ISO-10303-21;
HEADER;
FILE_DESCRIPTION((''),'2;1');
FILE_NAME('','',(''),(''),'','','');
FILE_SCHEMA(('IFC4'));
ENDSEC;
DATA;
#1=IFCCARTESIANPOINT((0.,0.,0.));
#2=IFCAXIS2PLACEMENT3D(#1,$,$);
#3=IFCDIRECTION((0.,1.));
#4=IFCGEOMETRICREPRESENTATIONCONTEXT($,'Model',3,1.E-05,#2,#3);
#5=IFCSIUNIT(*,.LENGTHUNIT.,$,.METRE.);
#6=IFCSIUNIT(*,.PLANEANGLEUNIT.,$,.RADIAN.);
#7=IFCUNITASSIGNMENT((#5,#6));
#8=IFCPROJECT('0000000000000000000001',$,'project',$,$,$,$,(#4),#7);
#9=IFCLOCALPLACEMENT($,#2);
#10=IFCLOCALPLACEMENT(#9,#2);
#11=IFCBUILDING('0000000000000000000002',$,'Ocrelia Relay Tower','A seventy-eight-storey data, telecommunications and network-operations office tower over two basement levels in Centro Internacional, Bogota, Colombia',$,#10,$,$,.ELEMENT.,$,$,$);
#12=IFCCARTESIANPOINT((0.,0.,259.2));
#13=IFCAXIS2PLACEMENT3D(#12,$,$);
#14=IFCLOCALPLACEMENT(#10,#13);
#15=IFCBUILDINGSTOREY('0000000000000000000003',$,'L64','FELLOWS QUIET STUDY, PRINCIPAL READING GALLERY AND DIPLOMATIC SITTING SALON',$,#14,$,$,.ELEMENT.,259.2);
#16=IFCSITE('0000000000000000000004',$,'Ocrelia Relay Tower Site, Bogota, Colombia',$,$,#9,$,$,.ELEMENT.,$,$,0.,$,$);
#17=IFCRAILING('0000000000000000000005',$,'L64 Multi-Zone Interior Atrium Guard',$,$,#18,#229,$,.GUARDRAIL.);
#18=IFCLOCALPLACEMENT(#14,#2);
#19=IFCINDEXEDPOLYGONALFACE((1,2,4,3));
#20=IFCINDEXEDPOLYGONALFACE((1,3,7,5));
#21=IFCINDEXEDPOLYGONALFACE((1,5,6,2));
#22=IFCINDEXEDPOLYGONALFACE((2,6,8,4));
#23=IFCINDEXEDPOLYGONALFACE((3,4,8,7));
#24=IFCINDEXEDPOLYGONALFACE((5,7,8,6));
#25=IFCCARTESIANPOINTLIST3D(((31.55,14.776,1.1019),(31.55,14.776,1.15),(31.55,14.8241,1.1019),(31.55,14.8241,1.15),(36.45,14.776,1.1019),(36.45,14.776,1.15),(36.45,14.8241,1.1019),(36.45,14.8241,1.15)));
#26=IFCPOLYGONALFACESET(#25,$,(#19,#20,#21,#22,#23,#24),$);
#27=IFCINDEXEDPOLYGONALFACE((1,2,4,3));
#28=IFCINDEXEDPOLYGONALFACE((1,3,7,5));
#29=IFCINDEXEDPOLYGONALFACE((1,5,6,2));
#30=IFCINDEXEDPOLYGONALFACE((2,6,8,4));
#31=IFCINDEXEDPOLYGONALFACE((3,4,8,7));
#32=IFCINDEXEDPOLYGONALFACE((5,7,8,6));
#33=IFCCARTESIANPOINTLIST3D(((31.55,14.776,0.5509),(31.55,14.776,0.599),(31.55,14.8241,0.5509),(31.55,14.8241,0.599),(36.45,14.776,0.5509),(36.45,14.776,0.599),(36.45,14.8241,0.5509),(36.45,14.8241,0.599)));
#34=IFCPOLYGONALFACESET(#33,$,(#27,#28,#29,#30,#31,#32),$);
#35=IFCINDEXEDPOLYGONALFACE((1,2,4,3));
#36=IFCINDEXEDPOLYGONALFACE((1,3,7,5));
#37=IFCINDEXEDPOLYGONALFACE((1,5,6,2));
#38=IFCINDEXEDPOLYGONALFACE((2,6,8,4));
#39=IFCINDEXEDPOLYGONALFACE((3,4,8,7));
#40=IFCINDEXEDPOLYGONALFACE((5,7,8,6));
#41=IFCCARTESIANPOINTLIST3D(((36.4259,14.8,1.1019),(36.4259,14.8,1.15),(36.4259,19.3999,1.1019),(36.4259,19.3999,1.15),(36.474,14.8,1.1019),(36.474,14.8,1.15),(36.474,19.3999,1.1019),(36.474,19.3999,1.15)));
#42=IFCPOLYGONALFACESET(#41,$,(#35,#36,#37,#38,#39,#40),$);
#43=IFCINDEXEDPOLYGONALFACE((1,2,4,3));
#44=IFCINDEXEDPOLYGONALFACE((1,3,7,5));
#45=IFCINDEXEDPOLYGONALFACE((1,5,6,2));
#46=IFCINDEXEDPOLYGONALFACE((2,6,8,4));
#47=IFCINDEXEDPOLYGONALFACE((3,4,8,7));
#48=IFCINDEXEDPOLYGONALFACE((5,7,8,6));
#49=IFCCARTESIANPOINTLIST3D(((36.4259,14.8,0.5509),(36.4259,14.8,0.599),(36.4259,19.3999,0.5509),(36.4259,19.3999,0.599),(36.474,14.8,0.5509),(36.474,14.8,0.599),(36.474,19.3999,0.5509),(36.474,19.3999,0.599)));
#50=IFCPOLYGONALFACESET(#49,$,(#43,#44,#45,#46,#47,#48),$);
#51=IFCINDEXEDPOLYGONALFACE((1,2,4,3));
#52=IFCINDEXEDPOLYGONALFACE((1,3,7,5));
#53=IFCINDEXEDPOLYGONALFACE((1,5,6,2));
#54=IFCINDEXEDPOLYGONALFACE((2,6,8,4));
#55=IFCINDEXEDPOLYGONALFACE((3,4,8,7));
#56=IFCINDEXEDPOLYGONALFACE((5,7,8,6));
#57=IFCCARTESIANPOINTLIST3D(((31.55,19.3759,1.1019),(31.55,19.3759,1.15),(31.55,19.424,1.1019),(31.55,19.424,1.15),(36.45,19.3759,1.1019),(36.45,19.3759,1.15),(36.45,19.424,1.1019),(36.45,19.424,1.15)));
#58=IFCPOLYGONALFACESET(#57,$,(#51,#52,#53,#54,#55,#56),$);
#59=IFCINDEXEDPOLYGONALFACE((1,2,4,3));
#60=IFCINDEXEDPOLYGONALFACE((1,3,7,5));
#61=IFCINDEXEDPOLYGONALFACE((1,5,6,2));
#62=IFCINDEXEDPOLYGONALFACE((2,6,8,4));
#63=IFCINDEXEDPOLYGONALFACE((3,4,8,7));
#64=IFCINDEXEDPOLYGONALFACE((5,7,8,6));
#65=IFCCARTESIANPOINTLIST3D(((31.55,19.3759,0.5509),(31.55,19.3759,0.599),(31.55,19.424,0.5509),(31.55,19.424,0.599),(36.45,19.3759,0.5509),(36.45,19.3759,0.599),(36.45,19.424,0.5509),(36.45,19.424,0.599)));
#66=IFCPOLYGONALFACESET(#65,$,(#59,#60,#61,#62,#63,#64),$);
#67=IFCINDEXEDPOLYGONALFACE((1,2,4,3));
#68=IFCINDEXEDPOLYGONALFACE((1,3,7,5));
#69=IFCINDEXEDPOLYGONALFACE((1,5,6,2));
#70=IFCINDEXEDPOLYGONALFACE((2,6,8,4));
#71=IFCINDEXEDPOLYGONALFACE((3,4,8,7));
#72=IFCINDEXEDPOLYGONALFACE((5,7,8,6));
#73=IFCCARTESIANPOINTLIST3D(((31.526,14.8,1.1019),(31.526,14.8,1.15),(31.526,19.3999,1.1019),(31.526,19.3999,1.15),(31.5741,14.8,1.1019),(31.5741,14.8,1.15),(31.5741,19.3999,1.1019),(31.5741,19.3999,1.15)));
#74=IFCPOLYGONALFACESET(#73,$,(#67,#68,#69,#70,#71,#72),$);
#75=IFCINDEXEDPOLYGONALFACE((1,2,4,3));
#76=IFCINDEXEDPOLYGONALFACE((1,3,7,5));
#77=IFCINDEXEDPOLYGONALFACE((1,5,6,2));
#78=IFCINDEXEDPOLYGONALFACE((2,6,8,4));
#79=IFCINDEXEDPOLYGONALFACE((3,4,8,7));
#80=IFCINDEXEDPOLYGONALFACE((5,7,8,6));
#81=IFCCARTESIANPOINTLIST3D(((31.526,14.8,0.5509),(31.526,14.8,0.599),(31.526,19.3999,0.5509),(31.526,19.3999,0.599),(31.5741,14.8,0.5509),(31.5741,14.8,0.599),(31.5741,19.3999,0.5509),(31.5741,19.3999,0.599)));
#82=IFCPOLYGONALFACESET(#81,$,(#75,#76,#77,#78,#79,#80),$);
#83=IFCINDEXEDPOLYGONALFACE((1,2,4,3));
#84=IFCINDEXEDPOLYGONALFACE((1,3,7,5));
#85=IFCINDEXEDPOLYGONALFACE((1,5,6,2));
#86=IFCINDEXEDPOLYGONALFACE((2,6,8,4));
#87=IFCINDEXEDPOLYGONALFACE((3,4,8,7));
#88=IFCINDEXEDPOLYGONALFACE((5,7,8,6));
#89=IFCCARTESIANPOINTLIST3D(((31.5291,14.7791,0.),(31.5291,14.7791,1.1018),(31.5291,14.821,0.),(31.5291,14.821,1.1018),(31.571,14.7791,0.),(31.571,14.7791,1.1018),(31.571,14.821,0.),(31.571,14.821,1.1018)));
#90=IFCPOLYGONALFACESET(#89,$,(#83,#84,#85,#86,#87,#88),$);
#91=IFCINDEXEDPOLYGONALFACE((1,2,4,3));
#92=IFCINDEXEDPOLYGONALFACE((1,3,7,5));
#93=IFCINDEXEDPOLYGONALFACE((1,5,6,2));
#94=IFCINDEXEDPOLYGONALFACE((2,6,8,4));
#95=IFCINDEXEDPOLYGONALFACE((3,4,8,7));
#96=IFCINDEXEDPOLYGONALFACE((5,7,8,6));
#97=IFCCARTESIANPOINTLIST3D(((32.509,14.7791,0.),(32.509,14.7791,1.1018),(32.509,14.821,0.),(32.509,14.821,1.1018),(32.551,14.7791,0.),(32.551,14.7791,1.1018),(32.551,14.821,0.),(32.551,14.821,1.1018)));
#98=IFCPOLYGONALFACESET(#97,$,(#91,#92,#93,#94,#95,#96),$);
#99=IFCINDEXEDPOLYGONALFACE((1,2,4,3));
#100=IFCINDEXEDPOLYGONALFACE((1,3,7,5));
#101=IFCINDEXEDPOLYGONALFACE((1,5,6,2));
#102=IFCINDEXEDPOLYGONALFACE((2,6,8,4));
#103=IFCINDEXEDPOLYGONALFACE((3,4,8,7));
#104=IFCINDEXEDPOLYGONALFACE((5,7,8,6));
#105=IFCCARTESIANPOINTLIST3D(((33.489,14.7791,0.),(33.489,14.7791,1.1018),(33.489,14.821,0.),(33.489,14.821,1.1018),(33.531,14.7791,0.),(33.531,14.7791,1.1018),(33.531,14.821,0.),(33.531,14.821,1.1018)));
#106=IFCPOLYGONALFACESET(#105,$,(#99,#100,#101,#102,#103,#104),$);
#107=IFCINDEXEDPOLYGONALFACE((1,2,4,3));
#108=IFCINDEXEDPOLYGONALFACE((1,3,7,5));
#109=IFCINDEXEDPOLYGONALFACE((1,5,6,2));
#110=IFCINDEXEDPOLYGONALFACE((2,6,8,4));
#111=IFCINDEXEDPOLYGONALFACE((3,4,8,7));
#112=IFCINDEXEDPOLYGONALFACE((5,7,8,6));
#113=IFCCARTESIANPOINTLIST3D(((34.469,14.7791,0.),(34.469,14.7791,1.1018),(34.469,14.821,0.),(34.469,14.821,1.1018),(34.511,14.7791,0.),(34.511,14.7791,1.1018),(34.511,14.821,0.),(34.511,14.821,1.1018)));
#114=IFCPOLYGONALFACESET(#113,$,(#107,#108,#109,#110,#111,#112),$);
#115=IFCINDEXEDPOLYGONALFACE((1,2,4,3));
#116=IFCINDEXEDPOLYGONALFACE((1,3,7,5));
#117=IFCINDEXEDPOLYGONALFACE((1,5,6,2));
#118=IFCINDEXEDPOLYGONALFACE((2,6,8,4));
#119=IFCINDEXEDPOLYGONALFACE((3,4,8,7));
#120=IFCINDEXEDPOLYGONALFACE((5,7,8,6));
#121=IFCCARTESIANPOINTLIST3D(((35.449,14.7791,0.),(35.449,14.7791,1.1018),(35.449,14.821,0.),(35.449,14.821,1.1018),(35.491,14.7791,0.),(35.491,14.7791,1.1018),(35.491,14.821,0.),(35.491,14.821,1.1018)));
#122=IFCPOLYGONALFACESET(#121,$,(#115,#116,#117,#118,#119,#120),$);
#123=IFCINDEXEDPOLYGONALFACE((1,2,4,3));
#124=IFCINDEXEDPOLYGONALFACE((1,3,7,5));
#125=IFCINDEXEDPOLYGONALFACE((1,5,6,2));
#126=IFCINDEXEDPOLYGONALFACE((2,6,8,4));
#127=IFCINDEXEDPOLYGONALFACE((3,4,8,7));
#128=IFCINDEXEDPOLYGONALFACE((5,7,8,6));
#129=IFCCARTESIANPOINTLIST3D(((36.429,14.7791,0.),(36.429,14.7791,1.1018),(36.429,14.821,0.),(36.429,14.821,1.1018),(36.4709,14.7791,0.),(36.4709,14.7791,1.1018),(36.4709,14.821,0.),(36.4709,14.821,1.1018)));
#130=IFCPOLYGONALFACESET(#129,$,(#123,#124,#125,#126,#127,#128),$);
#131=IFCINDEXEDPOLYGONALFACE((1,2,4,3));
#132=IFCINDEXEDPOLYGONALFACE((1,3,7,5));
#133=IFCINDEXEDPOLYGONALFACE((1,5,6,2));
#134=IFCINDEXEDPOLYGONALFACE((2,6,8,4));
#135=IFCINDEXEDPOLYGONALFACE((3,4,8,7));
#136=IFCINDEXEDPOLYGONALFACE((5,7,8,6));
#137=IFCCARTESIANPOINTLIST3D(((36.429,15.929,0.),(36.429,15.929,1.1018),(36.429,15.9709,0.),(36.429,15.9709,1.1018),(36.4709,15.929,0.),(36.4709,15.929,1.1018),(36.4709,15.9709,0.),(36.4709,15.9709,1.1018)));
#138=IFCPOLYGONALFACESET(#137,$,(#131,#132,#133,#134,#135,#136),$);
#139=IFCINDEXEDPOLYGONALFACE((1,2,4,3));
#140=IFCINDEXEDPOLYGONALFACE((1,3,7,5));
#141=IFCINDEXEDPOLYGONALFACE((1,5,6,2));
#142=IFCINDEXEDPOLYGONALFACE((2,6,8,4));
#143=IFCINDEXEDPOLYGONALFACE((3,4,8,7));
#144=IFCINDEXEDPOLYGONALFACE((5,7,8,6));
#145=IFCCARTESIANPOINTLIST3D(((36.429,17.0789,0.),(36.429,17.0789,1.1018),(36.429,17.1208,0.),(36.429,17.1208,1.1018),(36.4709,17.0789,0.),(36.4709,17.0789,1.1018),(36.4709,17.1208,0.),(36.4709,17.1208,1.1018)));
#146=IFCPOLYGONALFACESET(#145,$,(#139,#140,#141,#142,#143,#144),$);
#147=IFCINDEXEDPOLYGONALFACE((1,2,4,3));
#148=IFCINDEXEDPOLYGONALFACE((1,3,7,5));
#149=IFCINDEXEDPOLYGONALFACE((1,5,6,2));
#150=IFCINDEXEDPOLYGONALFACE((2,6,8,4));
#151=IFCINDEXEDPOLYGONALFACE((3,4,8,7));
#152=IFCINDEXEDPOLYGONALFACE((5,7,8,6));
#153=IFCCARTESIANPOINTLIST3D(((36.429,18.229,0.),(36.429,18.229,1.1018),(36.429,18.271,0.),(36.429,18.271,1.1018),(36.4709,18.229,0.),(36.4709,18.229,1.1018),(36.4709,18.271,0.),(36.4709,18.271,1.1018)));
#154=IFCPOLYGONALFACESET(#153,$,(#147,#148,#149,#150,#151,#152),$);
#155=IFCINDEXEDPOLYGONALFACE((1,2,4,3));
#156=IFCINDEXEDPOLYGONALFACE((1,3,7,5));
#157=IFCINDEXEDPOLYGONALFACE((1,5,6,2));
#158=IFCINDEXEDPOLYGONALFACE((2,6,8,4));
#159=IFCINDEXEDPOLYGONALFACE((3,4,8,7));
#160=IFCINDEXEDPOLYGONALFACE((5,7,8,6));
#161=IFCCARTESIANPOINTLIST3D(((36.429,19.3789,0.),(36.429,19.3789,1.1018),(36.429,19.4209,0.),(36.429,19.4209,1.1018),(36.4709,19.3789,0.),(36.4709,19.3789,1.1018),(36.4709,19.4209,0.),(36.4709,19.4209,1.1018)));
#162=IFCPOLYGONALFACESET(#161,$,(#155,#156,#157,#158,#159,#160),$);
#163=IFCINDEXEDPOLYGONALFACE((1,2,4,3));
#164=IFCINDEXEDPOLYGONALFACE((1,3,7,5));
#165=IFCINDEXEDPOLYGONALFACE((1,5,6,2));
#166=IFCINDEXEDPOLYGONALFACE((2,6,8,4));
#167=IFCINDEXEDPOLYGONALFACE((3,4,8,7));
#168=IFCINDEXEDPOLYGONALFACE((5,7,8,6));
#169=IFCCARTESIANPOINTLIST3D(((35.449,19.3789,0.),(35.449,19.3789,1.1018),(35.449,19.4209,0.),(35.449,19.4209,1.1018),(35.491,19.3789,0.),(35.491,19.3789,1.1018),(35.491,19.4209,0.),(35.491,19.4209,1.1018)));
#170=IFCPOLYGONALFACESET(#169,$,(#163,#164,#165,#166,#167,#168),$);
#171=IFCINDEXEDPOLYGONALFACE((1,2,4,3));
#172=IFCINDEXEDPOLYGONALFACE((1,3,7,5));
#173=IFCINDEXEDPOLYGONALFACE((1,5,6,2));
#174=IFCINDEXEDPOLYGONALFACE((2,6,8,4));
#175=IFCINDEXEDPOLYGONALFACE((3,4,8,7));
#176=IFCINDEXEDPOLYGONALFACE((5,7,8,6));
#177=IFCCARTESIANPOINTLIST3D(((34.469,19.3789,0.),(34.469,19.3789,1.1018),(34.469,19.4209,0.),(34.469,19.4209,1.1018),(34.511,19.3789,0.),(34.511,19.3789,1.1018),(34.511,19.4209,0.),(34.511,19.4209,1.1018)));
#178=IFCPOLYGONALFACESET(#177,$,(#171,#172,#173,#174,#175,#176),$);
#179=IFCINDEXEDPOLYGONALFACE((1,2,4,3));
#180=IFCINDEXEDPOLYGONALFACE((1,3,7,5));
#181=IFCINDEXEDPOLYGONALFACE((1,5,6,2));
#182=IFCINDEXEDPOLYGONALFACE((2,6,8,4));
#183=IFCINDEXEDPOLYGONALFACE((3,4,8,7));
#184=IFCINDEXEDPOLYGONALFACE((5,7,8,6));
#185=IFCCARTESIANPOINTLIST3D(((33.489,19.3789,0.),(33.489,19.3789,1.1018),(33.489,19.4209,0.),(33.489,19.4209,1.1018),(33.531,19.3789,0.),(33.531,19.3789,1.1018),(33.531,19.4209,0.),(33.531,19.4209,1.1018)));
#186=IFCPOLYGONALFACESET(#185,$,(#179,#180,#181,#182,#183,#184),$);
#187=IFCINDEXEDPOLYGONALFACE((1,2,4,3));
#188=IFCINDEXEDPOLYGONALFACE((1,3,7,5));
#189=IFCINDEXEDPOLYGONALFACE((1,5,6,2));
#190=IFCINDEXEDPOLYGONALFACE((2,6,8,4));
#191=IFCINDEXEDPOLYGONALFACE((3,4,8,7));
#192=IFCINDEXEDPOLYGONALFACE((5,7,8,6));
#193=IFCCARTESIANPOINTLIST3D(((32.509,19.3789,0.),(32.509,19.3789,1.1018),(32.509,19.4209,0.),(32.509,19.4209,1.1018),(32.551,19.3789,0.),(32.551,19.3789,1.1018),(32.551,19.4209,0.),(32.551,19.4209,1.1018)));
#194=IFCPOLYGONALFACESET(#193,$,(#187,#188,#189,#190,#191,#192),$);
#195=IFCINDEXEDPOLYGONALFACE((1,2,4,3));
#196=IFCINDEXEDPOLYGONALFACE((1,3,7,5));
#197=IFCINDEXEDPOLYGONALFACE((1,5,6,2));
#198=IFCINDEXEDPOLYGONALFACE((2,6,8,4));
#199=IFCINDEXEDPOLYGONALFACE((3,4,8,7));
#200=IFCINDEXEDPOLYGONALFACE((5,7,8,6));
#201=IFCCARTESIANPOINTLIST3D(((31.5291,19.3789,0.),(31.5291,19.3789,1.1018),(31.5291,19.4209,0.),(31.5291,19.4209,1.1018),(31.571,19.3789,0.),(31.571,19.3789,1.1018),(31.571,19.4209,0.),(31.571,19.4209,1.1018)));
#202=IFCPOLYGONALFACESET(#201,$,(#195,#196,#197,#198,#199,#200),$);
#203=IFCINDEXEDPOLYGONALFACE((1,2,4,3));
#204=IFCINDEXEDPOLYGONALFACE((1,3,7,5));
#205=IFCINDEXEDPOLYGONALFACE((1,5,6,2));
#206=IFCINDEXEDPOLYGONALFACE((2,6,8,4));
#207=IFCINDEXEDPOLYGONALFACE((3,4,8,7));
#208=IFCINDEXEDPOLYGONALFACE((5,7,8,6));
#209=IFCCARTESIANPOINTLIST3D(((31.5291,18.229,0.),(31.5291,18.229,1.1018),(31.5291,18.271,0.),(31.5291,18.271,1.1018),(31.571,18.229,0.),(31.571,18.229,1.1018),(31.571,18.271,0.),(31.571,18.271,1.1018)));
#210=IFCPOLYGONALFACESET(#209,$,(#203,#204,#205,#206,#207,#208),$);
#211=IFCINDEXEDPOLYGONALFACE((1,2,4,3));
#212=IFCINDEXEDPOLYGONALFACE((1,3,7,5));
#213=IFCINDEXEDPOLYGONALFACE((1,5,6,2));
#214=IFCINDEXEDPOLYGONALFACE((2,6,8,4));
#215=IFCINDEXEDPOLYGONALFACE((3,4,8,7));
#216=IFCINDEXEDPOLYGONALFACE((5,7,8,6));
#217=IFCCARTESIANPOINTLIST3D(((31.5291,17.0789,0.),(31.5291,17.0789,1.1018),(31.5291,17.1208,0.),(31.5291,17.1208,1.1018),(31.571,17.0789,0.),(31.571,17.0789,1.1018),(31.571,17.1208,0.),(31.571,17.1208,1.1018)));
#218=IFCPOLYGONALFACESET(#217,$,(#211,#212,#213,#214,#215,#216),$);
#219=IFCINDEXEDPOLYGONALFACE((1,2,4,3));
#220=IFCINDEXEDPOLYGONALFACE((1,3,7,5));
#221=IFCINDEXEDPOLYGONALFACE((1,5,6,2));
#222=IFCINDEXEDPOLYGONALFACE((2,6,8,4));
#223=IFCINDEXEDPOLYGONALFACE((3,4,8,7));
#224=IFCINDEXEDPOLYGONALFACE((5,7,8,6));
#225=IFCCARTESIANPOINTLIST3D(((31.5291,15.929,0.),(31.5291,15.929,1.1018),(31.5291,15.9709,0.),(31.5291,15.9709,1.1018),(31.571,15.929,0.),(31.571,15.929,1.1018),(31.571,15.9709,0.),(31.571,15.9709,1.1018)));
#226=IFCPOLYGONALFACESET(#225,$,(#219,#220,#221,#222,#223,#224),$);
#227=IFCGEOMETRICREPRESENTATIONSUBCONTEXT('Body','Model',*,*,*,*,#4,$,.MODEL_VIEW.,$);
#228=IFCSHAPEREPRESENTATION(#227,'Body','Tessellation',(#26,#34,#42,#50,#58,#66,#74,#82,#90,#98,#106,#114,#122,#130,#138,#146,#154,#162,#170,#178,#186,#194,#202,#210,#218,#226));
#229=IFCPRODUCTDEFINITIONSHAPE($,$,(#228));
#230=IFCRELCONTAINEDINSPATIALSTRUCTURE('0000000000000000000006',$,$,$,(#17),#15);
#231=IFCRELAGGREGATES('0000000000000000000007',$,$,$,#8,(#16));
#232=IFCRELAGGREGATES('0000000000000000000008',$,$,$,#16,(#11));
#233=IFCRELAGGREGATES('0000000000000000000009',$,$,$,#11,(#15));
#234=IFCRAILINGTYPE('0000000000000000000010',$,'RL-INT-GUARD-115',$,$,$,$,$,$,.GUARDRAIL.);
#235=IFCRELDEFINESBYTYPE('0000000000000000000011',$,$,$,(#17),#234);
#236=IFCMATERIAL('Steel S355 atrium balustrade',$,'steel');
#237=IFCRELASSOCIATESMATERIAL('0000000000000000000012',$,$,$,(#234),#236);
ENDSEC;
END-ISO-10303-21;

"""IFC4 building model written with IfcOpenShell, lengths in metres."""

from ifc_helpers import new_model, si_unit, direction, frame, origin, origin_2d, place, context, subcontext, project, spatial, rectangle, extrude, material, type_object, element, save


model = new_model("IFC4")

# Units and contexts
model_context = context("Model", 3, precision=1e-05, world=origin(), true_north=direction((0.0, 1.0)))
body_context = subcontext(model_context, "Body", "Model", "MODEL_VIEW")
ifc_project = project(units=[si_unit("LENGTHUNIT", "METRE"), si_unit("PLANEANGLEUNIT", "RADIAN")], contexts=[model_context])

# Site, building, storey
site_placement = place(None, origin())
site = spatial("IfcSite", under=ifc_project, at=site_placement, Name="Ocrelia Relay Tower Site, Bogota, Colombia", CompositionType="ELEMENT", RefElevation=0.0)
building_placement = place(site_placement, origin())
building = spatial("IfcBuilding", under=site, at=building_placement, Name="Ocrelia Relay Tower", Description="A seventy-eight-storey data, telecommunications and network-operations office tower over two basement levels in Centro Internacional, Bogota, Colombia", CompositionType="ELEMENT")
storey_placement = place(building_placement, frame((0.0, 0.0, 259.2)))
storey = spatial("IfcBuildingStorey", under=building, at=storey_placement, Name="L64", Description="FELLOWS QUIET STUDY, PRINCIPAL READING GALLERY AND DIPLOMATIC SITTING SALON", CompositionType="ELEMENT", Elevation=259.2)

# Railing
ifc_material_1 = material(Name="Steel S355 atrium balustrade", Category="steel")
railing_type = type_object("IfcRailingType", Name="RL-INT-GUARD-115", PredefinedType="GUARDRAIL", material=ifc_material_1)
railing_placement = place(storey_placement, frame((31.55, 14.8, 0.0)))
element("IfcRailing", 1, at=railing_placement, inside=storey, type_object=railing_type, Name="L64 Multi-Zone Interior Atrium Guard", PredefinedType="GUARDRAIL", context=body_context, shape_type="SweptSolid", body=[
    extrude(rectangle(XDim=0.0481, YDim=0.0481, at=origin_2d()), frame((0.0, 0.0, 1.126), z_axis=(1.0, 0.0, 0.0), x_axis=(0.0, 1.0, 0.0)), (0.0, 0.0, 1.0), 4.8999),
    extrude(rectangle(XDim=0.0481, YDim=0.0481, at=origin_2d()), frame((0.0, 0.0, 0.575), z_axis=(1.0, 0.0, 0.0), x_axis=(0.0, 1.0, 0.0)), (0.0, 0.0, 1.0), 4.8999),
    extrude(rectangle(XDim=0.0481, YDim=0.0481, at=origin_2d()), frame((4.8999, 0.0, 1.126), z_axis=(0.0, 1.0, 0.0), x_axis=(-1.0, 0.0, 0.0)), (0.0, 0.0, 1.0), 4.5999),
    extrude(rectangle(XDim=0.0481, YDim=0.0481, at=origin_2d()), frame((4.8999, 0.0, 0.575), z_axis=(0.0, 1.0, 0.0), x_axis=(-1.0, 0.0, 0.0)), (0.0, 0.0, 1.0), 4.5999),
    extrude(rectangle(XDim=0.0481, YDim=0.0481, at=origin_2d()), frame((4.8999, 4.5999, 1.126), z_axis=(-1.0, 0.0, 0.0), x_axis=(0.0, -1.0, 0.0)), (0.0, 0.0, 1.0), 4.8999),
    extrude(rectangle(XDim=0.0481, YDim=0.0481, at=origin_2d()), frame((4.8999, 4.5999, 0.575), z_axis=(-1.0, 0.0, 0.0), x_axis=(0.0, -1.0, 0.0)), (0.0, 0.0, 1.0), 4.8999),
    extrude(rectangle(XDim=0.0481, YDim=0.0481, at=origin_2d()), frame((0.0, 4.5999, 1.126), z_axis=(0.0, -1.0, 0.0), x_axis=(1.0, 0.0, 0.0)), (0.0, 0.0, 1.0), 4.5999),
    extrude(rectangle(XDim=0.0481, YDim=0.0481, at=origin_2d()), frame((0.0, 4.5999, 0.575), z_axis=(0.0, -1.0, 0.0), x_axis=(1.0, 0.0, 0.0)), (0.0, 0.0, 1.0), 4.5999),
    extrude(rectangle(XDim=0.042, YDim=0.042, at=origin_2d()), origin(), (0.0, 0.0, 1.0), 1.1018),
    extrude(rectangle(XDim=0.042, YDim=0.042, at=origin_2d()), frame((0.98, 0.0, 0.0)), (0.0, 0.0, 1.0), 1.1018),
    extrude(rectangle(XDim=0.042, YDim=0.042, at=origin_2d()), frame((1.96, 0.0, 0.0)), (0.0, 0.0, 1.0), 1.1018),
    extrude(rectangle(XDim=0.042, YDim=0.042, at=origin_2d()), frame((2.9399, 0.0, 0.0)), (0.0, 0.0, 1.0), 1.1018),
    extrude(rectangle(XDim=0.042, YDim=0.042, at=origin_2d()), frame((3.9199, 0.0, 0.0)), (0.0, 0.0, 1.0), 1.1018),
    extrude(rectangle(XDim=0.042, YDim=0.042, at=origin_2d()), frame((4.8999, 0.0, 0.0)), (0.0, 0.0, 1.0), 1.1018),
    extrude(rectangle(XDim=0.042, YDim=0.042, at=origin_2d()), frame((4.8999, 1.1499, 0.0)), (0.0, 0.0, 1.0), 1.1018),
    extrude(rectangle(XDim=0.042, YDim=0.042, at=origin_2d()), frame((4.8999, 2.2998, 0.0)), (0.0, 0.0, 1.0), 1.1018),
    extrude(rectangle(XDim=0.042, YDim=0.042, at=origin_2d()), frame((4.8999, 3.45, 0.0)), (0.0, 0.0, 1.0), 1.1018),
    extrude(rectangle(XDim=0.042, YDim=0.042, at=origin_2d()), frame((4.8999, 4.5999, 0.0)), (0.0, 0.0, 1.0), 1.1018),
    extrude(rectangle(XDim=0.042, YDim=0.042, at=origin_2d()), frame((3.9199, 4.5999, 0.0)), (0.0, 0.0, 1.0), 1.1018),
    extrude(rectangle(XDim=0.042, YDim=0.042, at=origin_2d()), frame((2.9399, 4.5999, 0.0)), (0.0, 0.0, 1.0), 1.1018),
    extrude(rectangle(XDim=0.042, YDim=0.042, at=origin_2d()), frame((1.96, 4.5999, 0.0)), (0.0, 0.0, 1.0), 1.1018),
    extrude(rectangle(XDim=0.042, YDim=0.042, at=origin_2d()), frame((0.98, 4.5999, 0.0)), (0.0, 0.0, 1.0), 1.1018),
    extrude(rectangle(XDim=0.042, YDim=0.042, at=origin_2d()), frame((0.0, 4.5999, 0.0)), (0.0, 0.0, 1.0), 1.1018),
    extrude(rectangle(XDim=0.042, YDim=0.042, at=origin_2d()), frame((0.0, 3.45, 0.0)), (0.0, 0.0, 1.0), 1.1018),
    extrude(rectangle(XDim=0.042, YDim=0.042, at=origin_2d()), frame((0.0, 2.2998, 0.0)), (0.0, 0.0, 1.0), 1.1018),
    extrude(rectangle(XDim=0.042, YDim=0.042, at=origin_2d()), frame((0.0, 1.1499, 0.0)), (0.0, 0.0, 1.0), 1.1018),
])

save(model, "model.ifc")
